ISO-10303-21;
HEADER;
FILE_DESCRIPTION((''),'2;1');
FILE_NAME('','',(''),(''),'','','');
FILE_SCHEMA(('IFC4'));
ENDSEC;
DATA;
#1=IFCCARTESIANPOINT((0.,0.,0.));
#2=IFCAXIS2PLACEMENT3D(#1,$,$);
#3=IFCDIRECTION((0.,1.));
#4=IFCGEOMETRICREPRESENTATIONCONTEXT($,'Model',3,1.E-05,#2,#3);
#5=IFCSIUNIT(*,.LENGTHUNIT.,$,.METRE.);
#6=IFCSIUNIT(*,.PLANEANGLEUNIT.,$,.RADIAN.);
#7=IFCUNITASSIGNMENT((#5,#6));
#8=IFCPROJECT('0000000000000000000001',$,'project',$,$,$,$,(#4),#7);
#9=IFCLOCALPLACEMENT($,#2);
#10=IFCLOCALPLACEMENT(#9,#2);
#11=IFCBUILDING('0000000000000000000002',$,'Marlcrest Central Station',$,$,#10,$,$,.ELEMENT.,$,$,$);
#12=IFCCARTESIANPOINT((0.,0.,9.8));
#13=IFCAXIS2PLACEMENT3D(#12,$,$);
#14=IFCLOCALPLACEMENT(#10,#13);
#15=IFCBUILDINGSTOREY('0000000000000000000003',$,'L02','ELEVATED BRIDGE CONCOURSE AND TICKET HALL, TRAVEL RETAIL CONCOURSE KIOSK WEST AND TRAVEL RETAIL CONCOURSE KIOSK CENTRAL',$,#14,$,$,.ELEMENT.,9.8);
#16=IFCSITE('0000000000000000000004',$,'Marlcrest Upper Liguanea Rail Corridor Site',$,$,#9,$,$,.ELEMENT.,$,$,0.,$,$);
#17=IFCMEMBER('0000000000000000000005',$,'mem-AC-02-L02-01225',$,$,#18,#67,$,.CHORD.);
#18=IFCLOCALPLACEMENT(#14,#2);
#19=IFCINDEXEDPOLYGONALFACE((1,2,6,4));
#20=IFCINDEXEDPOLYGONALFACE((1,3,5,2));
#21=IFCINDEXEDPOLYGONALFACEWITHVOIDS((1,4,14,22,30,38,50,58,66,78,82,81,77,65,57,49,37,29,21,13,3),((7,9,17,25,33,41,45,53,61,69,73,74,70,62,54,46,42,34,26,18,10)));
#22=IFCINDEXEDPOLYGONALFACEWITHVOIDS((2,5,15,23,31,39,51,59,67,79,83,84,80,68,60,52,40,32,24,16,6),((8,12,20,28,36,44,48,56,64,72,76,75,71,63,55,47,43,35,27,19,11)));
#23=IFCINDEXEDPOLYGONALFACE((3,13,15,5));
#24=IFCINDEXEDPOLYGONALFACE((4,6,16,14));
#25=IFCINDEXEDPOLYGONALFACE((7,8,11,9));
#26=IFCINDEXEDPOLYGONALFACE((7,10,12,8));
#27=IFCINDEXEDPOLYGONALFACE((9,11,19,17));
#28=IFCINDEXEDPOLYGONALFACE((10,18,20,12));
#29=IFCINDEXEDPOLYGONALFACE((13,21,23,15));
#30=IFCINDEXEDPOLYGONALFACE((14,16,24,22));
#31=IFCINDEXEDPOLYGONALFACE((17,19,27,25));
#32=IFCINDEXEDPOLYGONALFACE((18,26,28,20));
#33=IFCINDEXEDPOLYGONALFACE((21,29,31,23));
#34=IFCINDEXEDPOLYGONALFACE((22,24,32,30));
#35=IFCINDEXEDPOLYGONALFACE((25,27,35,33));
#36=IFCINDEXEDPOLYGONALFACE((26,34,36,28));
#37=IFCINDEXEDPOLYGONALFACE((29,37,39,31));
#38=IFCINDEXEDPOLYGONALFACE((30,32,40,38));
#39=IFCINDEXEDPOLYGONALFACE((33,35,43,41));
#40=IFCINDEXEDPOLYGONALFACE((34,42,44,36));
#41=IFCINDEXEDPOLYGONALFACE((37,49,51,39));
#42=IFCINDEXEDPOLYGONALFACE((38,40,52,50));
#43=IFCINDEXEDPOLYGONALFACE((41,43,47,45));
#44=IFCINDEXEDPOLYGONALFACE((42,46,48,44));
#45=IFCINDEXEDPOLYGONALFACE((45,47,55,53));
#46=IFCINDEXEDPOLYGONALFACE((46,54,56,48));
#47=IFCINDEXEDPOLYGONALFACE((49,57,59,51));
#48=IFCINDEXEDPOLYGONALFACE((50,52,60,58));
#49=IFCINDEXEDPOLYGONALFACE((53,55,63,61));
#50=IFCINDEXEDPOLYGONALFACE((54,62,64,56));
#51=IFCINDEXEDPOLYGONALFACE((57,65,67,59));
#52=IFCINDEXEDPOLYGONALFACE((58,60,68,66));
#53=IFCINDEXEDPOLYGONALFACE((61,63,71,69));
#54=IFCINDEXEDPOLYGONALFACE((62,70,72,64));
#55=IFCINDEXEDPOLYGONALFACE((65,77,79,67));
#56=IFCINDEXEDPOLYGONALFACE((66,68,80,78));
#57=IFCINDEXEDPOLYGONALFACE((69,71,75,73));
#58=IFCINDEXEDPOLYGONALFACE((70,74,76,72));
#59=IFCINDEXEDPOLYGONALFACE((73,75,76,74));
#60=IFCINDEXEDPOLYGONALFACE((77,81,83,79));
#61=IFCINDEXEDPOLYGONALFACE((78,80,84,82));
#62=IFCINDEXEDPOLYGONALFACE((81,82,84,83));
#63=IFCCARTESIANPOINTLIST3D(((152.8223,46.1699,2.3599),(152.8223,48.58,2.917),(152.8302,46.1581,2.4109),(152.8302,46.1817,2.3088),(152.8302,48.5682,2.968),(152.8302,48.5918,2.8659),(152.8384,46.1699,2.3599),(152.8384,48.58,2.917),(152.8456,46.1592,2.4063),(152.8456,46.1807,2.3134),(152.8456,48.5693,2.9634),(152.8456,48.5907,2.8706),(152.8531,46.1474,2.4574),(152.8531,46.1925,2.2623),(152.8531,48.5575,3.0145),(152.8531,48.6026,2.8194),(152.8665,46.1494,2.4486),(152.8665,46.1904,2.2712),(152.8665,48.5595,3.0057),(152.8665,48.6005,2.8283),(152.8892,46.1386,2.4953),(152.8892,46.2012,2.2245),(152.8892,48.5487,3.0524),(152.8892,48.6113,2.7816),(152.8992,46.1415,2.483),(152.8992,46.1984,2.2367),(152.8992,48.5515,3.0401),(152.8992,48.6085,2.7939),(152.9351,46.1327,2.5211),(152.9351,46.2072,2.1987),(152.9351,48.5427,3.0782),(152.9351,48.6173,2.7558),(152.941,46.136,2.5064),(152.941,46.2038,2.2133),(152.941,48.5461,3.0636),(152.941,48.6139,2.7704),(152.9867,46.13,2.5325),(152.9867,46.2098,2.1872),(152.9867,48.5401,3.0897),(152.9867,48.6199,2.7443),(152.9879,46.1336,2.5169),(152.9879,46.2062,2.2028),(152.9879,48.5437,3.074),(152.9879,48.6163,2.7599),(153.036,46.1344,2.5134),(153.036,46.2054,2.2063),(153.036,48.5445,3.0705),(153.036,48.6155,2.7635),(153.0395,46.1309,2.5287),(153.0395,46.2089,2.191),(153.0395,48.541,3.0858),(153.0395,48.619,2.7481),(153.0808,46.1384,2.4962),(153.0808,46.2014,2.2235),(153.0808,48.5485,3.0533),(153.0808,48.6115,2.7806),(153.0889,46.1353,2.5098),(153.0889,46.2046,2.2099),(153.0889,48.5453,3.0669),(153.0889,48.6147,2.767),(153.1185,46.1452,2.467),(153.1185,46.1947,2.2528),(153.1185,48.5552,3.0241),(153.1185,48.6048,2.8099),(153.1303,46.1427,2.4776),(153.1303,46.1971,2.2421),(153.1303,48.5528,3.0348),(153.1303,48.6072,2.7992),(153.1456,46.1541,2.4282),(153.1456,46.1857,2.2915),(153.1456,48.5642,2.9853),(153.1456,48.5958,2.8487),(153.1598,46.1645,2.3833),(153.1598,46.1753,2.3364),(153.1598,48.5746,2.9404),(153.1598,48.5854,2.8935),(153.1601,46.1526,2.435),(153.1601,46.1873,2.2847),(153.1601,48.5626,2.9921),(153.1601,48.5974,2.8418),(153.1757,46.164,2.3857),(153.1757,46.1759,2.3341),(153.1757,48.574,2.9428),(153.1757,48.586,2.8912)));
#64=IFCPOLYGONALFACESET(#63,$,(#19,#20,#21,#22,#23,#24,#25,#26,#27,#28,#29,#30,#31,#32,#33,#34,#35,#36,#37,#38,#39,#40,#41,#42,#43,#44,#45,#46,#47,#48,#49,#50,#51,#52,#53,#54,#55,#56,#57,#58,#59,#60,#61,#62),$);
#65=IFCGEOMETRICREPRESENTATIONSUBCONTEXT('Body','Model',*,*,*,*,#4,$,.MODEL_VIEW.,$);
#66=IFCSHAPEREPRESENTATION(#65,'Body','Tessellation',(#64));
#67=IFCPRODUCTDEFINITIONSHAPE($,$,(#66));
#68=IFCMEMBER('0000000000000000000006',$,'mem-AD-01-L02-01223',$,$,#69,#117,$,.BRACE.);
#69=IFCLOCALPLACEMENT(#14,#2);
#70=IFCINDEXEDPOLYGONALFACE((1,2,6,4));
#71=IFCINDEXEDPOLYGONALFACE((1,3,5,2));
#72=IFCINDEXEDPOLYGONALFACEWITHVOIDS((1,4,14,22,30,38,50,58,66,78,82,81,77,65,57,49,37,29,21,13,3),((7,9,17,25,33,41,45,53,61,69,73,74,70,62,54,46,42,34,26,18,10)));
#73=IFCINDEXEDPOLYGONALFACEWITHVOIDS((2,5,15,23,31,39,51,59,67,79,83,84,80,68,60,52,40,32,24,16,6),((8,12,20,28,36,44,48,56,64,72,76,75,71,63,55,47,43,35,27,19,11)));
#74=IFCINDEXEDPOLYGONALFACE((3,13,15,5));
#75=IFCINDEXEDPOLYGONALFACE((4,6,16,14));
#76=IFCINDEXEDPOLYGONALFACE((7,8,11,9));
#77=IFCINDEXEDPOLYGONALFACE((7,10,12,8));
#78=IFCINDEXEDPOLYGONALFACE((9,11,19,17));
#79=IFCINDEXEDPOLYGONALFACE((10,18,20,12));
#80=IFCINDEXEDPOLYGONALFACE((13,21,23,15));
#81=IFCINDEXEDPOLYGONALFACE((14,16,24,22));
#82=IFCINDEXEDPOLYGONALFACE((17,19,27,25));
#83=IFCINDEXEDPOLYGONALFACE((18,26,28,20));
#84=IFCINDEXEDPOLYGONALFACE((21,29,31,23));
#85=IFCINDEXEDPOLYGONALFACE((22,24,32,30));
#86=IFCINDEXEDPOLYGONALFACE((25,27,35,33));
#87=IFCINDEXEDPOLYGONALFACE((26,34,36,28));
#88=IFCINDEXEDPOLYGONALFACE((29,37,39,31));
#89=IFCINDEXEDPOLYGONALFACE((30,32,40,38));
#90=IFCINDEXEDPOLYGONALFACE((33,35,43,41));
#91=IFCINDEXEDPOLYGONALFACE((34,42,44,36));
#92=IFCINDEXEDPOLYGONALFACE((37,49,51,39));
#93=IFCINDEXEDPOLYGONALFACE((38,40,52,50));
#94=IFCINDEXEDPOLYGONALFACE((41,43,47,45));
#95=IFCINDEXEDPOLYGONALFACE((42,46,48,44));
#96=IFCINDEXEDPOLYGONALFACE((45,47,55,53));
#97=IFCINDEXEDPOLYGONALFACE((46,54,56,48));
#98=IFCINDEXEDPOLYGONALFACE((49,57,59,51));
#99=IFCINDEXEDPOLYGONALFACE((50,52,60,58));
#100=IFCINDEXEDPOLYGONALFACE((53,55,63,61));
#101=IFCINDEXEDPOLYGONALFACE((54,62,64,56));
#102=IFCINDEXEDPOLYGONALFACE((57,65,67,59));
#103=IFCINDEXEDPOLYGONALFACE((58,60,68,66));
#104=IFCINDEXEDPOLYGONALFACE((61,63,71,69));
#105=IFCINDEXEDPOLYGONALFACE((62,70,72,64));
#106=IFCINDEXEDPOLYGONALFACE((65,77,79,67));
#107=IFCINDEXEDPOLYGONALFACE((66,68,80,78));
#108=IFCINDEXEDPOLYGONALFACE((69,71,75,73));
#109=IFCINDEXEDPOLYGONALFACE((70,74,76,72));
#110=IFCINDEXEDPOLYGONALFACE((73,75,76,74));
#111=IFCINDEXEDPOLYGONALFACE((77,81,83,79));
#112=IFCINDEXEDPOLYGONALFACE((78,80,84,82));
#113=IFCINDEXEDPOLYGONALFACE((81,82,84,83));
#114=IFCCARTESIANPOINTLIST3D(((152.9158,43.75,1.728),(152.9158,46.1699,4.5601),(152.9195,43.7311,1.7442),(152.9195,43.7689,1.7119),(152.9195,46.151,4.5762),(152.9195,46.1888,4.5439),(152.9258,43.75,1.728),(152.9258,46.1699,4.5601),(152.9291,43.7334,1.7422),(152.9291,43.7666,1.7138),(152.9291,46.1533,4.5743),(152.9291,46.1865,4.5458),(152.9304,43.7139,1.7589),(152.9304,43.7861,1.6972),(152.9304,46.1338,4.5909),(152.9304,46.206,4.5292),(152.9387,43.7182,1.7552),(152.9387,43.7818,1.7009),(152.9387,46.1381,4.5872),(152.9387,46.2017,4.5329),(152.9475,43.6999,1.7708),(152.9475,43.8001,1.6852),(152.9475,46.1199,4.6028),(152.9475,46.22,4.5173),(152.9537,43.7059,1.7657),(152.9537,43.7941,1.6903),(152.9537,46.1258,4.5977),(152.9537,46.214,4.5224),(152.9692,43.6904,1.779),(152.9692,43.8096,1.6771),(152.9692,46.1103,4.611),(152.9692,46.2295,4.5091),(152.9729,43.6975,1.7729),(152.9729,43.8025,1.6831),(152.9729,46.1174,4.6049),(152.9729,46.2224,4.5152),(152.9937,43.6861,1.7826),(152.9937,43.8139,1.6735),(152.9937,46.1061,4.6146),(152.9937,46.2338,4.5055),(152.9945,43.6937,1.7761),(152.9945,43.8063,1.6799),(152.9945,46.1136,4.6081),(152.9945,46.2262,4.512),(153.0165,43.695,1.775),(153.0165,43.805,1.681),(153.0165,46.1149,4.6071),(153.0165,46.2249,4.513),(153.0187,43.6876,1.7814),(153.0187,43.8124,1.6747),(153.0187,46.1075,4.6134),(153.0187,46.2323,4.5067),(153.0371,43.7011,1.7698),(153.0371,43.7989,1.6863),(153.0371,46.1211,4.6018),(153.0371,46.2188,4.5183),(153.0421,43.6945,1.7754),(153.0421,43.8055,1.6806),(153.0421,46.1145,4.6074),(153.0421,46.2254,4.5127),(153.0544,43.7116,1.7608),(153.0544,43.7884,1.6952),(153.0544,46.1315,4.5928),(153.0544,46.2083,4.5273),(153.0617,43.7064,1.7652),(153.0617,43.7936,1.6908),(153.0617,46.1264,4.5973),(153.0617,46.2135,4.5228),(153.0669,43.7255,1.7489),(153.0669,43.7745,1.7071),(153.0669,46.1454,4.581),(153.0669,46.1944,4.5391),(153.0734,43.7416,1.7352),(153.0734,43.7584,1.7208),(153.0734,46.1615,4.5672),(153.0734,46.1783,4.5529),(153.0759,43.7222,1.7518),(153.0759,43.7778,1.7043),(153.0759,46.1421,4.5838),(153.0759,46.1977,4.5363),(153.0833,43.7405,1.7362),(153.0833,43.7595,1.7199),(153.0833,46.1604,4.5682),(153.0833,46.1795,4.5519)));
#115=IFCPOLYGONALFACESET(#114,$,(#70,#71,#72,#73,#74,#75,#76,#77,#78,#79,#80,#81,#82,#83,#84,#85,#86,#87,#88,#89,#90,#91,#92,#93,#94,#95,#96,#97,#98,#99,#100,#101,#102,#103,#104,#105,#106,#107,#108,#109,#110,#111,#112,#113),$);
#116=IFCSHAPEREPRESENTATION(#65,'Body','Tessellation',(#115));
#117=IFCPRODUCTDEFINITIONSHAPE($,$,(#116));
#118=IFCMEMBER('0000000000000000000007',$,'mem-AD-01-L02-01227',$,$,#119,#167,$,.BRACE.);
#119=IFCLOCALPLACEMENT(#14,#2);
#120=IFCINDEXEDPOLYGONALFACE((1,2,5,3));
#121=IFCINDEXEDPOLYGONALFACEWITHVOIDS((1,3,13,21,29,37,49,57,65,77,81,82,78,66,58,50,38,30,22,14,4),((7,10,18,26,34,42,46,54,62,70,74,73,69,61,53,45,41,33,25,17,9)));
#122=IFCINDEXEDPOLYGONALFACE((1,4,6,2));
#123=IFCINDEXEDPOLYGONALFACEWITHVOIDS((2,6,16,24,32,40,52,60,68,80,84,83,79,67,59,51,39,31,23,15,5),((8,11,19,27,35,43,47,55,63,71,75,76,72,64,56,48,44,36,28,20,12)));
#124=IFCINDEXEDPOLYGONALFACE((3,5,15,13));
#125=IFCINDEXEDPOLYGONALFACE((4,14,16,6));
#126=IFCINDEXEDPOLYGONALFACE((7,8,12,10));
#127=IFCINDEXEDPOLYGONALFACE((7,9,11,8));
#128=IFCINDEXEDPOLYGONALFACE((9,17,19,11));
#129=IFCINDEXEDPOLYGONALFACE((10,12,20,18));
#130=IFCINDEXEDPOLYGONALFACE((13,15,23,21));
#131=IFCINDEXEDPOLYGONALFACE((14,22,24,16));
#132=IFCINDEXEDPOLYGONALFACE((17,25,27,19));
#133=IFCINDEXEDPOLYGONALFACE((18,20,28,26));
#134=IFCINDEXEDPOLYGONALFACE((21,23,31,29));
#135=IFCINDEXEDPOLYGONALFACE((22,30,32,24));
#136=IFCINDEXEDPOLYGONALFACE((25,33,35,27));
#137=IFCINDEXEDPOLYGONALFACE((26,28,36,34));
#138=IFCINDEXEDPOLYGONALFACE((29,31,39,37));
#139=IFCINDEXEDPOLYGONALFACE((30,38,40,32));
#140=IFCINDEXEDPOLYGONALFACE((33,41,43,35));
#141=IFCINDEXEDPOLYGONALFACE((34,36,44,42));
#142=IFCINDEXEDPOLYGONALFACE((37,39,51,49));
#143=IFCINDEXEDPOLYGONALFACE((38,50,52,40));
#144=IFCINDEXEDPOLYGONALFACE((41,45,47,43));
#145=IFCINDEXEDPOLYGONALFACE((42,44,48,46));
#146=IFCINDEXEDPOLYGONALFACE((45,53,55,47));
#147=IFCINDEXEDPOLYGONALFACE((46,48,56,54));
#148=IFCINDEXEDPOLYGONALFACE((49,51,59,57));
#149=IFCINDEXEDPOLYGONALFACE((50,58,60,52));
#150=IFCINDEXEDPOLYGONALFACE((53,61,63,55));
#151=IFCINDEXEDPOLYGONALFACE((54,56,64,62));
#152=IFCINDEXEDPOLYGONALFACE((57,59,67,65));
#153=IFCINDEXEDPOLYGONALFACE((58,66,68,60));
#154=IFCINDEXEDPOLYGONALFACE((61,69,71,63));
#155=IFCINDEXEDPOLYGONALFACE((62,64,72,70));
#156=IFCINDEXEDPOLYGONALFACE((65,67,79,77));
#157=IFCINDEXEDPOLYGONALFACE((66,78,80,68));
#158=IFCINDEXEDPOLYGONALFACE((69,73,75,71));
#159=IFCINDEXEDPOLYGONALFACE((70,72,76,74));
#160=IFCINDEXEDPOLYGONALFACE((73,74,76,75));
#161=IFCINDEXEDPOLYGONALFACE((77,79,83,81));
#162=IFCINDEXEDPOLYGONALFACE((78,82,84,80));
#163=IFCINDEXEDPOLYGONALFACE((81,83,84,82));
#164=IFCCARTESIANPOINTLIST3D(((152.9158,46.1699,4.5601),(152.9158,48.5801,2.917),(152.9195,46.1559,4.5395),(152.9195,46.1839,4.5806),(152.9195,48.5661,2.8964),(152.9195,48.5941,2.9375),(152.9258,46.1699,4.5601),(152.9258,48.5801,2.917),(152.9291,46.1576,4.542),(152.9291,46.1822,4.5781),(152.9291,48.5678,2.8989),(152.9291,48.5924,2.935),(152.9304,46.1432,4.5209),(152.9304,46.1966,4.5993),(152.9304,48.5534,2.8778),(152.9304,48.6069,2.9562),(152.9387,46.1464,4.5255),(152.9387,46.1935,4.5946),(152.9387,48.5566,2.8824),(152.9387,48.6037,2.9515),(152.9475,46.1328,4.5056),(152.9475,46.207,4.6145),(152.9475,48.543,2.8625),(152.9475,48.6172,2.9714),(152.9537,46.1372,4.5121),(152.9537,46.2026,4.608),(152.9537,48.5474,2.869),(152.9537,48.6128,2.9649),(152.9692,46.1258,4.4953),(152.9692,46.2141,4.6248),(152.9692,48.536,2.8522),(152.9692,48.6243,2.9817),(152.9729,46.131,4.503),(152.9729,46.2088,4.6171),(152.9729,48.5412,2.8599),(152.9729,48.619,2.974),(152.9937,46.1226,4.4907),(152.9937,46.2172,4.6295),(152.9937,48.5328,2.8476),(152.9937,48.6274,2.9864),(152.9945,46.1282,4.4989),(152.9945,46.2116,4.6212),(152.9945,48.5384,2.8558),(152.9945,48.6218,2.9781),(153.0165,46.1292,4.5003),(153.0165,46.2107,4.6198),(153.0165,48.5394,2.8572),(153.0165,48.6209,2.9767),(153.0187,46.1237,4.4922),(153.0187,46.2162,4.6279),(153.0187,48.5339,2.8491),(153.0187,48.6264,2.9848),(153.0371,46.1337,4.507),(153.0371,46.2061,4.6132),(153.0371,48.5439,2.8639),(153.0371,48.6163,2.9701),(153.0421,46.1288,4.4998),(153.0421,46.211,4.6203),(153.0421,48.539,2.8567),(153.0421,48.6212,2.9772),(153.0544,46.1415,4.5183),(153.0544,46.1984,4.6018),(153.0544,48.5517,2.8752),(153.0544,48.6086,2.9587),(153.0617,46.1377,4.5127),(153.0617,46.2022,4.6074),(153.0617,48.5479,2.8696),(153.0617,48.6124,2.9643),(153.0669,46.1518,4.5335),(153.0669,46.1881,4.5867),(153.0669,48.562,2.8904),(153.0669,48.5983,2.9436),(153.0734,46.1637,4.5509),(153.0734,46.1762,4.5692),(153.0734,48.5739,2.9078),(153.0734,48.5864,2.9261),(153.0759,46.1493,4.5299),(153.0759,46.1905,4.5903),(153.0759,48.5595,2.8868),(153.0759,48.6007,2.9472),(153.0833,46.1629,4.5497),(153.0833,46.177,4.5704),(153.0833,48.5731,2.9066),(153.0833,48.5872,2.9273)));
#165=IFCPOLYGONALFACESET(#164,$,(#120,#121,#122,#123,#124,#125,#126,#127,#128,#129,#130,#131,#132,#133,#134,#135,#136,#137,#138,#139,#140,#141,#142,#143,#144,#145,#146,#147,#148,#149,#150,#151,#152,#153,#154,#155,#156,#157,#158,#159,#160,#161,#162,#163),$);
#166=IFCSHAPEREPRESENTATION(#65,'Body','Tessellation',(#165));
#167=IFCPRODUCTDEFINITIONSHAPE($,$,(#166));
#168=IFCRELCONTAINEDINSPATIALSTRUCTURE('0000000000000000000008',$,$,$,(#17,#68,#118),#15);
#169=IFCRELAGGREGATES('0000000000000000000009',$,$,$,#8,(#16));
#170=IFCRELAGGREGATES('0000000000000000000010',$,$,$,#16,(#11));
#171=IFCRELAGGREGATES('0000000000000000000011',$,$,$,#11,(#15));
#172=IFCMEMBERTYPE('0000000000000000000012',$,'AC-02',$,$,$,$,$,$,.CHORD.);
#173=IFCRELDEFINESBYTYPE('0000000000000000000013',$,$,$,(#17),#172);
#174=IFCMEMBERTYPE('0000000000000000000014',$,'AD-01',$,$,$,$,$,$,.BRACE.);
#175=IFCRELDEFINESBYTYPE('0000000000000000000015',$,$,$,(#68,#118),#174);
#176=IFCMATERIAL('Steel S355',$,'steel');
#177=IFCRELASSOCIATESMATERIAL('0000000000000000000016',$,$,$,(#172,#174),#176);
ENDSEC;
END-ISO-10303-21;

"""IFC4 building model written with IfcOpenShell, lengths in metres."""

from ifc_helpers import new_model, si_unit, direction, frame, origin, origin_2d, place, context, subcontext, project, spatial, hollow_circle, extrude, material, material_profile, profile_set, type_object, element, save


model = new_model("IFC4")

# Units and contexts
model_context = context("Model", 3, precision=1e-05, world=origin(), true_north=direction((0.0, 1.0)))
body_context = subcontext(model_context, "Body", "Model", "MODEL_VIEW")
ifc_project = project(units=[si_unit("LENGTHUNIT", "METRE"), si_unit("PLANEANGLEUNIT", "RADIAN")], contexts=[model_context])

# Site, building, storey
site_placement = place(None, origin())
site = spatial("IfcSite", under=ifc_project, at=site_placement, Name="Marlcrest Upper Liguanea Rail Corridor Site", CompositionType="ELEMENT", RefElevation=0.0)
building_placement = place(site_placement, origin())
building = spatial("IfcBuilding", under=site, at=building_placement, Name="Marlcrest Central Station", CompositionType="ELEMENT")
storey_placement = place(building_placement, frame((0.0, 0.0, 9.8)))
storey = spatial("IfcBuildingStorey", under=building, at=storey_placement, Name="L02", Description="ELEVATED BRIDGE CONCOURSE AND TICKET HALL, TRAVEL RETAIL CONCOURSE KIOSK WEST AND TRAVEL RETAIL CONCOURSE KIOSK CENTRAL", CompositionType="ELEMENT", Elevation=9.8)

# Members
ifc_material_1 = material(Name="Steel S355", Category="steel")
ifc_material_profile_1 = material_profile(ifc_material_1, hollow_circle(Radius=0.1777, WallThickness=0.0161, at=origin_2d()), Name="CHS 355.6x16")
ifc_profile_set_1 = profile_set([ifc_material_profile_1], Name="Steel S355")
member_type_1 = type_object("IfcMemberType", Name="AC-02", PredefinedType="CHORD", material=ifc_profile_set_1)
member_1_placement = place(storey_placement, frame((153.0, 46.1699, 2.3599), z_axis=(0.0, 0.974308, 0.22522), x_axis=(-1.0, 0.0, 0.0)))
element("IfcMember", 1, at=member_1_placement, inside=storey, type_object=member_type_1, Name="mem-AC-02-L02-01225", PredefinedType="CHORD", context=body_context, shape_type="SweptSolid", body=[
    extrude(hollow_circle(Radius=0.1777, WallThickness=0.0161, at=origin_2d()), origin(), (0.0, 0.0, 1.0), 2.4736),
])
ifc_material_profile_2 = material_profile(ifc_material_1, hollow_circle(Radius=0.0842, WallThickness=0.01, at=origin_2d()), Name="CHS 168.3x10")
ifc_profile_set_2 = profile_set([ifc_material_profile_2], Name="Steel S355")
member_type_2 = type_object("IfcMemberType", Name="AD-01", PredefinedType="BRACE", material=ifc_profile_set_2)
member_2_placement = place(storey_placement, frame((153.0, 43.75, 1.728), z_axis=(0.0, 0.649625, 0.760255), x_axis=(-1.0, 0.0, 0.0)))
element("IfcMember", 2, at=member_2_placement, inside=storey, type_object=member_type_2, Name="mem-AD-01-L02-01223", PredefinedType="BRACE", context=body_context, shape_type="SweptSolid", body=[
    extrude(hollow_circle(Radius=0.0842, WallThickness=0.01, at=origin_2d()), origin(), (0.0, 0.0, 1.0), 3.7251),
])
member_3_placement = place(storey_placement, frame((153.0, 46.1699, 4.5601), z_axis=(0.0, 0.826263, -0.563285), x_axis=(-1.0, 0.0, 0.0)))
element("IfcMember", 3, at=member_3_placement, inside=storey, type_object=member_type_2, Name="mem-AD-01-L02-01227", PredefinedType="BRACE", context=body_context, shape_type="SweptSolid", body=[
    extrude(hollow_circle(Radius=0.0842, WallThickness=0.01, at=origin_2d()), origin(), (0.0, 0.0, 1.0), 2.917),
])

save(model, "model.ifc")
